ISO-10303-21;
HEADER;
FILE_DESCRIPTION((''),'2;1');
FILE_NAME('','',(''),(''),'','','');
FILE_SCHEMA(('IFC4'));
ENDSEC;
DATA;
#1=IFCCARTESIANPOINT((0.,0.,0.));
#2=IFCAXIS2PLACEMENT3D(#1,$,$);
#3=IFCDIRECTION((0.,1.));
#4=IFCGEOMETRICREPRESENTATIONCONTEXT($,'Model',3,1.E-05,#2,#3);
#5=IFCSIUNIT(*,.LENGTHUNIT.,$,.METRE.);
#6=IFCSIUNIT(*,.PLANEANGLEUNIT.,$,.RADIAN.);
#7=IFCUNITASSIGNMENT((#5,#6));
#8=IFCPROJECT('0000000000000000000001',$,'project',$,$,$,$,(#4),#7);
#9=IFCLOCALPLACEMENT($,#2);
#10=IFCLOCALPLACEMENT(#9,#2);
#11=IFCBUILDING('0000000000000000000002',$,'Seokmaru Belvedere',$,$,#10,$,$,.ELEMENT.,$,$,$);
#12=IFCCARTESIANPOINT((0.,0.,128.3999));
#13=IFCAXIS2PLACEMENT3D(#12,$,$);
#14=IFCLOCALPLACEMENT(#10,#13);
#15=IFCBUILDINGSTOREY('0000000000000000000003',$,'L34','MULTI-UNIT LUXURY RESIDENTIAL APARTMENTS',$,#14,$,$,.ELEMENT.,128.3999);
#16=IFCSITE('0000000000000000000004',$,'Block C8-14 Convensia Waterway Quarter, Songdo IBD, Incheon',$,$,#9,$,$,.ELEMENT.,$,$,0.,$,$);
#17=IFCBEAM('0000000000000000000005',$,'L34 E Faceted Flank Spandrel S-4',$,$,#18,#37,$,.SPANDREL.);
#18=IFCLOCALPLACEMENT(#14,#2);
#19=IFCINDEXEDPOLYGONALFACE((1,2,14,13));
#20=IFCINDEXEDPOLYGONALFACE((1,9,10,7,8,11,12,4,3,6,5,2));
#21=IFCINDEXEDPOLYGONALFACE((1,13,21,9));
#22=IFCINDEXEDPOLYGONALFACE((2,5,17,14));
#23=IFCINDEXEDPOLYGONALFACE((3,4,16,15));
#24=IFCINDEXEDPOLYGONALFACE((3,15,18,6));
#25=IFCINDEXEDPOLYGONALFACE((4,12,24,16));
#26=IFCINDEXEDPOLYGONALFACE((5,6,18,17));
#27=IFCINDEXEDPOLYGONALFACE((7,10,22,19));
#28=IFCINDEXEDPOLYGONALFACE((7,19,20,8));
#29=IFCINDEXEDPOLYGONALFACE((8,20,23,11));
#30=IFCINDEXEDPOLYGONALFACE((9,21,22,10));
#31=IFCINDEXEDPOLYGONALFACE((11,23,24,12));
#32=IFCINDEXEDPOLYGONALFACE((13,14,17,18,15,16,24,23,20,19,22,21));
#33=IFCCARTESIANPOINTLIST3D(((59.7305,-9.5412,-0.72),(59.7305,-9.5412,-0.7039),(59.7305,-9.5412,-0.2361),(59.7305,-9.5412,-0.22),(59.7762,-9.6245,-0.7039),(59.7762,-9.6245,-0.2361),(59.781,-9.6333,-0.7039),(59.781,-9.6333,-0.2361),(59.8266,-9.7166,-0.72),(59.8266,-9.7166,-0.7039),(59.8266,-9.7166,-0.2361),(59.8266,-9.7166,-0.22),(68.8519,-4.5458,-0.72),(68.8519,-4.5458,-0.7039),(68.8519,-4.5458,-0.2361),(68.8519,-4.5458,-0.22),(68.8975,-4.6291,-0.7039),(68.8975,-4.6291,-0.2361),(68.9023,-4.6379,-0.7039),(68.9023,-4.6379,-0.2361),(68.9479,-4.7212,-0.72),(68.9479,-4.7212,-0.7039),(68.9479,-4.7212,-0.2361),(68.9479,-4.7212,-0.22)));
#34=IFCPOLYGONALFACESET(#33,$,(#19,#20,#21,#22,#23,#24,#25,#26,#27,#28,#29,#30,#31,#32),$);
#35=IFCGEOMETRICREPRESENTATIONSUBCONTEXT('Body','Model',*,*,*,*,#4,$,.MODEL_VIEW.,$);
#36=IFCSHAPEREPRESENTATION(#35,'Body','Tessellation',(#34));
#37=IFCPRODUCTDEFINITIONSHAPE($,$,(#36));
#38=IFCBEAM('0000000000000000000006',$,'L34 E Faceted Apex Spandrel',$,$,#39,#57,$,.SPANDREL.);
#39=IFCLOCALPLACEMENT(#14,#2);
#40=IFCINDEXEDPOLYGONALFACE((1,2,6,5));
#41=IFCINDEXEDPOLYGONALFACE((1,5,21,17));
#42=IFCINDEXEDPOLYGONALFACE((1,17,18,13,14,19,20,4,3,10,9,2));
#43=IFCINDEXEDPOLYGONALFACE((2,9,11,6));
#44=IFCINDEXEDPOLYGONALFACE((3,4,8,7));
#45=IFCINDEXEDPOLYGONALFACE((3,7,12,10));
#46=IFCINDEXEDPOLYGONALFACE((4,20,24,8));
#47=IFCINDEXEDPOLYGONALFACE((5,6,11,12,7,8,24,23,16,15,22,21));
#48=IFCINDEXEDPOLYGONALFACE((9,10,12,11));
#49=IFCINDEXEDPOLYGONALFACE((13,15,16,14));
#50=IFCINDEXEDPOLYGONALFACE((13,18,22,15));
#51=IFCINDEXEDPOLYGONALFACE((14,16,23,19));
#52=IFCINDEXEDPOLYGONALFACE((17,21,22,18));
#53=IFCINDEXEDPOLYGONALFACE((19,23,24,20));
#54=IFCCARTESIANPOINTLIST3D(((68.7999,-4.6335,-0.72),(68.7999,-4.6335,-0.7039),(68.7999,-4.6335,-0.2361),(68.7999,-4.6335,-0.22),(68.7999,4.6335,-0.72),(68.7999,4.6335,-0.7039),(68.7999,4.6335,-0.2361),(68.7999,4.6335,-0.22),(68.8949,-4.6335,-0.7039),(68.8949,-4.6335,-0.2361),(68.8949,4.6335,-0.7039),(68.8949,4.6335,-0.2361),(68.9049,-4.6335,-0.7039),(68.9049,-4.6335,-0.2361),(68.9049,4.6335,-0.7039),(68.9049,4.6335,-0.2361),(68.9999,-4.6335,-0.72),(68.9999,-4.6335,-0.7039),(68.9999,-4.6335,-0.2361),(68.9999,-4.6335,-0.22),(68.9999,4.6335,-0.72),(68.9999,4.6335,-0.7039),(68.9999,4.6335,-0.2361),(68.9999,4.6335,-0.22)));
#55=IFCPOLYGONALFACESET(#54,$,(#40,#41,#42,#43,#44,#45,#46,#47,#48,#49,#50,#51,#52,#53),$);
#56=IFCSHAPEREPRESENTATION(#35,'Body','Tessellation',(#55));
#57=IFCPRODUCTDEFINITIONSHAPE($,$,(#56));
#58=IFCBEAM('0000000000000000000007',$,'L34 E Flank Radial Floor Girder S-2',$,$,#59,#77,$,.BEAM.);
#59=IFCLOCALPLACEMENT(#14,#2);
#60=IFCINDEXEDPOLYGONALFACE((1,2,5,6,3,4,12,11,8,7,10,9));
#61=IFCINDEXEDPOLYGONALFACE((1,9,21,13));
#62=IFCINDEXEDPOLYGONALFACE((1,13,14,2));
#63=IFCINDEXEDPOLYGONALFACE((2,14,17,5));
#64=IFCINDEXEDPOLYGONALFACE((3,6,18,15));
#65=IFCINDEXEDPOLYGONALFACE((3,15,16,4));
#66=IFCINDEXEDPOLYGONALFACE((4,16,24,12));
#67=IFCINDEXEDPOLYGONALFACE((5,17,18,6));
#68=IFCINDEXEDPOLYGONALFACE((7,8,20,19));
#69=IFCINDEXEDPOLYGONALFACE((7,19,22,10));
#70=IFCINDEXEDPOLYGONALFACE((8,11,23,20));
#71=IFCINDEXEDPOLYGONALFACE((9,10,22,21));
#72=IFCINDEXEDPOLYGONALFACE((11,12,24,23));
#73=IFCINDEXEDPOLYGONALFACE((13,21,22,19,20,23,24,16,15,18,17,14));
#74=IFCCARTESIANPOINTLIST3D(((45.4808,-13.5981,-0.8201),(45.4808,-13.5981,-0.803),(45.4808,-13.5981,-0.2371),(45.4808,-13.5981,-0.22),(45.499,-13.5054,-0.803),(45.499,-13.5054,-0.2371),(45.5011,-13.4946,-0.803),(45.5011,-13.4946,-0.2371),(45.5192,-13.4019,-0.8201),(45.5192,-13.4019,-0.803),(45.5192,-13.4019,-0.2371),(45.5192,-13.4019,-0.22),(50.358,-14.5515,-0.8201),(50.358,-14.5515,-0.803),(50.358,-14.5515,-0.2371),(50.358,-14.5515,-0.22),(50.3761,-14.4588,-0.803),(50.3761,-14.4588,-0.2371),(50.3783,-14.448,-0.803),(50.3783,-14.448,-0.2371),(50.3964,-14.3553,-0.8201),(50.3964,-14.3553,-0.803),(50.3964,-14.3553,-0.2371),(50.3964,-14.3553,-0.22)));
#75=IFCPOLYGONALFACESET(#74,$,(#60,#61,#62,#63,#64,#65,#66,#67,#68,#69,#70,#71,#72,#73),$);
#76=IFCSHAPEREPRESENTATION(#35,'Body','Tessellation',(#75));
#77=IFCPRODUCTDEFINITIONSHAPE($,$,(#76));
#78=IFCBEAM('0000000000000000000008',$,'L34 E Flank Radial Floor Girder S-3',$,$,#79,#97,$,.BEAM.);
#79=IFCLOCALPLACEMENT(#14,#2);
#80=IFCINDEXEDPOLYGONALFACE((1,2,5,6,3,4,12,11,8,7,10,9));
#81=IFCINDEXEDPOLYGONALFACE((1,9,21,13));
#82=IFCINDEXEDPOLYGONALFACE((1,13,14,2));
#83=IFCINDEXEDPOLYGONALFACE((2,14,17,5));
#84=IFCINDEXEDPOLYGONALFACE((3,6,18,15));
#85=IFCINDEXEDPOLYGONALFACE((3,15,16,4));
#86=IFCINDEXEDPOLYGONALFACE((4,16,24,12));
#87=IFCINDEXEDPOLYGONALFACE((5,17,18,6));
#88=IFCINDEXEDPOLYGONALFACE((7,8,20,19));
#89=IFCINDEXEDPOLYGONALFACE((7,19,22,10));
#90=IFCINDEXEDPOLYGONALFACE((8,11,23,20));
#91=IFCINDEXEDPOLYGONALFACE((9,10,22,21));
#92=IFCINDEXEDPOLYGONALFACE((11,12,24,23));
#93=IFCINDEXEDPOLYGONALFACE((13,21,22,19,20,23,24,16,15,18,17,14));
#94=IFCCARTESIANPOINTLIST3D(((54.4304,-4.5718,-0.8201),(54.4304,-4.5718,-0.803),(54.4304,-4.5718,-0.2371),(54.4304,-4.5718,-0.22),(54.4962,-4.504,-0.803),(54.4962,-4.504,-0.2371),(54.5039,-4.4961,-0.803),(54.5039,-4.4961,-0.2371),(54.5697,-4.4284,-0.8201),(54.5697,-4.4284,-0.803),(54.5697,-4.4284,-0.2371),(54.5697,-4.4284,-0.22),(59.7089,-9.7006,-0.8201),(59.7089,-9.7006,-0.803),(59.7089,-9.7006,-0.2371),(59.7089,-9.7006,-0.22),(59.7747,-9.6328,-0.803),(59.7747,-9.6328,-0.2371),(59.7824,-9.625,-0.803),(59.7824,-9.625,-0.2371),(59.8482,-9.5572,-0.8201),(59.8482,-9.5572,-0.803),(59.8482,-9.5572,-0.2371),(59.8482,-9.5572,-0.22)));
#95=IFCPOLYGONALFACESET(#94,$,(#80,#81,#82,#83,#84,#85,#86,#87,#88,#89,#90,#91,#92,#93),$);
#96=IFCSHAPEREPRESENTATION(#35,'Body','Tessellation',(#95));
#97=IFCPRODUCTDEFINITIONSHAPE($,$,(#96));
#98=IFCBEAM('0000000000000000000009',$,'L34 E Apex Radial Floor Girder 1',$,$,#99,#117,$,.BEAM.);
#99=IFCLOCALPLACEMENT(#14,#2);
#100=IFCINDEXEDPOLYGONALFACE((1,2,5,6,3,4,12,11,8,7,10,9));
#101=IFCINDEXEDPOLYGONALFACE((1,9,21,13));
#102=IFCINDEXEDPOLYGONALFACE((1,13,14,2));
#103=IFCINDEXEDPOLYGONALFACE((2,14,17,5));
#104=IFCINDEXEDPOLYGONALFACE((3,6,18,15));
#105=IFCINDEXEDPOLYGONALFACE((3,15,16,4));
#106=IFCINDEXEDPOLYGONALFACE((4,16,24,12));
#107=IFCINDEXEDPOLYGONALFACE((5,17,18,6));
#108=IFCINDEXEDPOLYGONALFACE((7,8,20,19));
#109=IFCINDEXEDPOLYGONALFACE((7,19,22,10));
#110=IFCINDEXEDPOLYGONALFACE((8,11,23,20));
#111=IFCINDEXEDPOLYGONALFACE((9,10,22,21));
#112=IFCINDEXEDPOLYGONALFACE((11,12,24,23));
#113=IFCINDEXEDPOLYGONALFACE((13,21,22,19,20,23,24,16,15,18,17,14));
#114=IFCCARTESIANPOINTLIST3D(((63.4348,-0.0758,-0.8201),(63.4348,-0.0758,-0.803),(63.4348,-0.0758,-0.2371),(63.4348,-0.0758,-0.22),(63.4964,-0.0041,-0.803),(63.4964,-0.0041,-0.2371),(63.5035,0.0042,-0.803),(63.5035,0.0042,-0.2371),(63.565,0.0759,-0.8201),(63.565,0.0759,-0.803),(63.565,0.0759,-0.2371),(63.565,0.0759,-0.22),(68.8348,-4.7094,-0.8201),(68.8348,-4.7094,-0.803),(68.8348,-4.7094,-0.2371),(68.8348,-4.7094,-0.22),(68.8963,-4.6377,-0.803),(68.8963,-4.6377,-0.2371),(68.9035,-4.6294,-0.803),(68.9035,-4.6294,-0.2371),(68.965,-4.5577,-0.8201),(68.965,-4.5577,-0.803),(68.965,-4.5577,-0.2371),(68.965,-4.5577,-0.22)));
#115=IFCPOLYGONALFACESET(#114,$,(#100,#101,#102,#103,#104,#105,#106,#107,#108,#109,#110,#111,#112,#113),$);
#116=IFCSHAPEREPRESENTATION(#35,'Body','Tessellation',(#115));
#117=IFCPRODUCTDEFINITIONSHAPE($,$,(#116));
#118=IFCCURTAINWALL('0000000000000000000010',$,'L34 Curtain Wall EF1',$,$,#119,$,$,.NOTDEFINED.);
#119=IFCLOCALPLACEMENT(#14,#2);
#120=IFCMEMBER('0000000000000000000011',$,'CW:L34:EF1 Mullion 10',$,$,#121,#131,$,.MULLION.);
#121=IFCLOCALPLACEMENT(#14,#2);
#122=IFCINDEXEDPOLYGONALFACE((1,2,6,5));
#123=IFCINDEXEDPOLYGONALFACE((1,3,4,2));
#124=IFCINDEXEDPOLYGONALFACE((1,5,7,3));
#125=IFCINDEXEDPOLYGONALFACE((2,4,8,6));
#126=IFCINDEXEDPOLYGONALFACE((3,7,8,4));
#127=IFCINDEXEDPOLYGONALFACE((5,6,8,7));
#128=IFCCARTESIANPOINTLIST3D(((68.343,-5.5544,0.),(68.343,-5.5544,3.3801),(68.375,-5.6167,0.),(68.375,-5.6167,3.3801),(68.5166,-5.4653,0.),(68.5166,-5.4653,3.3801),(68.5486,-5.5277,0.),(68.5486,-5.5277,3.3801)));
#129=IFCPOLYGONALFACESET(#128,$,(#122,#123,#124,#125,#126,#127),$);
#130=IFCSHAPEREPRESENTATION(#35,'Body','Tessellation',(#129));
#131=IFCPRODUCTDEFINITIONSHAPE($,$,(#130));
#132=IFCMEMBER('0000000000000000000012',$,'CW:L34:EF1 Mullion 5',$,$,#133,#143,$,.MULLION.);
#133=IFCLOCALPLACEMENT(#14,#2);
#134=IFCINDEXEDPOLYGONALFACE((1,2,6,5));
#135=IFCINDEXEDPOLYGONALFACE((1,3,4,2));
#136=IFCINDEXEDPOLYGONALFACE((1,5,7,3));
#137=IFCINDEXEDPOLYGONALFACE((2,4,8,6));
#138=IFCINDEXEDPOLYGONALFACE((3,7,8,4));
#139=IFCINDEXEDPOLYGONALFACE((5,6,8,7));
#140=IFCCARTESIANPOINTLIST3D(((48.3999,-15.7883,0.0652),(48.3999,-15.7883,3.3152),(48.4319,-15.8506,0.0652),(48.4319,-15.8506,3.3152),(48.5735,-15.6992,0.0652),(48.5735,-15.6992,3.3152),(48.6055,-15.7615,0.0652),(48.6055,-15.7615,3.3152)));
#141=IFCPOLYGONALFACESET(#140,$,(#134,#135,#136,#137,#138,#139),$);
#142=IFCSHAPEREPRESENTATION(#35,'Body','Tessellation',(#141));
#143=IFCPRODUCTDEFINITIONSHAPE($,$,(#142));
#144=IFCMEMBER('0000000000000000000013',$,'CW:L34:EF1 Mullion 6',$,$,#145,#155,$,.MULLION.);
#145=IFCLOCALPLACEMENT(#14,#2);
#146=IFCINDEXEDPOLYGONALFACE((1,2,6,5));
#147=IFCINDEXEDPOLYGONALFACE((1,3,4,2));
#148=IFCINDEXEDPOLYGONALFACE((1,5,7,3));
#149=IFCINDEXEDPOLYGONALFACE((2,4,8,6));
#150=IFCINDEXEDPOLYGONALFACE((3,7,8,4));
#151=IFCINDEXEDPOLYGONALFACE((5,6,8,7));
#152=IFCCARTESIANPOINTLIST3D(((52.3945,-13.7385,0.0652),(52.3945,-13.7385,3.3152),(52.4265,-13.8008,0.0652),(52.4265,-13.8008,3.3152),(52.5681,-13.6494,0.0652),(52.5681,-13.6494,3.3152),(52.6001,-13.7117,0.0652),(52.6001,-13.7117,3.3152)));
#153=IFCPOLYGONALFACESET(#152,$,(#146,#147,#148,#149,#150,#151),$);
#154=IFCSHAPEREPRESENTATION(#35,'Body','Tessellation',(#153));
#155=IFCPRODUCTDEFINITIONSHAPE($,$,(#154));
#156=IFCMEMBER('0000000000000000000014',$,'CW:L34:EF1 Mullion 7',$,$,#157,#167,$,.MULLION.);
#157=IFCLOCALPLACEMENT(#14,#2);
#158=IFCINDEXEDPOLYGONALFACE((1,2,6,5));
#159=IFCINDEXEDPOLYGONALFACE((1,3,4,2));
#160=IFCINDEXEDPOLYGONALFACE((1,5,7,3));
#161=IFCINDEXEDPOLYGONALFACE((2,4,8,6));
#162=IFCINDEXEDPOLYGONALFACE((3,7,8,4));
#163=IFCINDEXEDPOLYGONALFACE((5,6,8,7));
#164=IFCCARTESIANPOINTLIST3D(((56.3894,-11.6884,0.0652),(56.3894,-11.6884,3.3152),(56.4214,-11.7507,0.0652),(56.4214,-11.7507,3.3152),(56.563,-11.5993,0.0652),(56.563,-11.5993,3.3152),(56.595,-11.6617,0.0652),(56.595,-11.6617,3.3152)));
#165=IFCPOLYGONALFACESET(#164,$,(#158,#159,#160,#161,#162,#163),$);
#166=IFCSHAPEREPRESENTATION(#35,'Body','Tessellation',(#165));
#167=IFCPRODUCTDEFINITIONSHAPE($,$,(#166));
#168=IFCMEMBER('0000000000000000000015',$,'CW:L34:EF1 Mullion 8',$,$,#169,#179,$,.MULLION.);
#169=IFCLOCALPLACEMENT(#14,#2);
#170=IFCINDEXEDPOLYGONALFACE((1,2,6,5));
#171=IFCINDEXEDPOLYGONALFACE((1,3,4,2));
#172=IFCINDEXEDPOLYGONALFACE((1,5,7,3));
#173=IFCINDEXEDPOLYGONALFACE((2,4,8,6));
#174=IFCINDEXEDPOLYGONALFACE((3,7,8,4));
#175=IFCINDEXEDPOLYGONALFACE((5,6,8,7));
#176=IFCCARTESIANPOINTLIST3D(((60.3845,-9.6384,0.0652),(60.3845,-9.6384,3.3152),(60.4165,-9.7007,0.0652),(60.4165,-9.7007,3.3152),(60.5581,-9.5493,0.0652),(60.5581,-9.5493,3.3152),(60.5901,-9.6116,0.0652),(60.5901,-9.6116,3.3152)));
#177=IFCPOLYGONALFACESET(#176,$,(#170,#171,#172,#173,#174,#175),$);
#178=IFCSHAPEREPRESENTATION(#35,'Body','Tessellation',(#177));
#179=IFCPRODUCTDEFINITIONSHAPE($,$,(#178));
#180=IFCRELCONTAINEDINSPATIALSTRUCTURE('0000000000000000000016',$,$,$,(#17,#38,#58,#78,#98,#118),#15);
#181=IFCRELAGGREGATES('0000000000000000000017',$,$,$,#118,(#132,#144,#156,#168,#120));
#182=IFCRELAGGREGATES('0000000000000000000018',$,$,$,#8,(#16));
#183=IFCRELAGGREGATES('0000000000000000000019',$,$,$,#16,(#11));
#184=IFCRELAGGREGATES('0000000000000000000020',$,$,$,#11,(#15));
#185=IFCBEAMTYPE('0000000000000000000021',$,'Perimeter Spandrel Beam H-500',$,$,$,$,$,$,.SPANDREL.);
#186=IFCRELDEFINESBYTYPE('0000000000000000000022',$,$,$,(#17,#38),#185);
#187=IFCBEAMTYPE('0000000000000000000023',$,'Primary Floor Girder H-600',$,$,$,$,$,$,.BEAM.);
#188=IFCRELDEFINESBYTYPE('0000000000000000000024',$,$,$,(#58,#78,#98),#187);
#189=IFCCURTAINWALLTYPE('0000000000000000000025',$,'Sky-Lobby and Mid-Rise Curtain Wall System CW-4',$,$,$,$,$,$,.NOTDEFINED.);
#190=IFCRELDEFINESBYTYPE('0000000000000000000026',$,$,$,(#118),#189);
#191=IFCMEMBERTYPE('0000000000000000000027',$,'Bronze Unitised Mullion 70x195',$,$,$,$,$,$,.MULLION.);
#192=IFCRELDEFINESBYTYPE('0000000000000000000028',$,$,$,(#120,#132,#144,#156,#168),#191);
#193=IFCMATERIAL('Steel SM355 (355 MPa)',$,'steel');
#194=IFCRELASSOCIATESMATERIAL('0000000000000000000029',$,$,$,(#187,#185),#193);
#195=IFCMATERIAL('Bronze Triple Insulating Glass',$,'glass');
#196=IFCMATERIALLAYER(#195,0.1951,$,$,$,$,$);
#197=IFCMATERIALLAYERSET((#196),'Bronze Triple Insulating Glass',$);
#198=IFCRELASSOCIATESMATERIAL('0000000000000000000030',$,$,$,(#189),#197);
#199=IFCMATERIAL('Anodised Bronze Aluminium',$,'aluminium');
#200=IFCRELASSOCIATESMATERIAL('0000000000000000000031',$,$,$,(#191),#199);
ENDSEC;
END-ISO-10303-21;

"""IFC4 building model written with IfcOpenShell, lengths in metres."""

from ifc_helpers import new_model, si_unit, direction, frame, origin, origin_2d, place, context, subcontext, project, spatial, rectangle, i_section, extrude, source, transform, mapped, material, layer, layer_set, material_profile, profile_set, type_object, type_shapes, element, aggregate, save


model = new_model("IFC4")

# Units and contexts
model_context = context("Model", 3, precision=1e-05, world=origin(), true_north=direction((0.0, 1.0)))
body_context = subcontext(model_context, "Body", "Model", "MODEL_VIEW")
ifc_project = project(units=[si_unit("LENGTHUNIT", "METRE"), si_unit("PLANEANGLEUNIT", "RADIAN")], contexts=[model_context])

# Site, building, storey
site_placement = place(None, origin())
site = spatial("IfcSite", under=ifc_project, at=site_placement, Name="Block C8-14 Convensia Waterway Quarter, Songdo IBD, Incheon", CompositionType="ELEMENT", RefElevation=0.0)
building_placement = place(site_placement, origin())
building = spatial("IfcBuilding", under=site, at=building_placement, Name="Seokmaru Belvedere", CompositionType="ELEMENT")
storey_placement = place(building_placement, frame((0.0, 0.0, 128.3999)))
storey = spatial("IfcBuildingStorey", under=building, at=storey_placement, Name="L34", Description="MULTI-UNIT LUXURY RESIDENTIAL APARTMENTS", CompositionType="ELEMENT", Elevation=128.3999)

# Shared definitions
ifc_material_1 = material(Name="Steel SM355 (355 MPa)", Category="steel")

# Beams
ifc_material_profile_1 = material_profile(ifc_material_1, i_section(OverallWidth=0.2, OverallDepth=0.6001, WebThickness=0.011, FlangeThickness=0.0171, at=origin_2d()), Name="H-600x200x11x17")
ifc_profile_set_1 = profile_set([ifc_material_profile_1], Name="Steel SM355 (355 MPa)")
beam_type_1 = type_object("IfcBeamType", Name="Primary Floor Girder H-600", PredefinedType="BEAM", material=ifc_profile_set_1)
ifc_material_profile_2 = material_profile(ifc_material_1, i_section(OverallWidth=0.2, OverallDepth=0.5, WebThickness=0.01, FlangeThickness=0.0161, at=origin_2d()), Name="H-500x200x10x16")
ifc_profile_set_2 = profile_set([ifc_material_profile_2], Name="Steel SM355 (355 MPa)")
beam_type_2 = type_object("IfcBeamType", Name="Perimeter Spandrel Beam H-500", PredefinedType="SPANDREL", material=ifc_profile_set_2)
shared_shape_1 = source(origin(), body_context, "Body", "SweptSolid", [
    extrude(i_section(OverallWidth=0.2, OverallDepth=0.5, WebThickness=0.01, FlangeThickness=0.0161, at=origin_2d()), origin(), (0.0, 0.0, 1.0), 10.3997),
])
beam_1_placement = place(storey_placement, frame((59.7786, -9.6289, -0.47), z_axis=(0.877082, 0.48034, 0.0), x_axis=(-0.48034, 0.877082, 0.0)))
element("IfcBeam", 1, at=beam_1_placement, inside=storey, type_object=beam_type_2, Name="L34 E Faceted Flank Spandrel S-4", PredefinedType="SPANDREL", context=body_context, shape_type="MappedRepresentation", body=[
    mapped(shared_shape_1, transform((0.0, 0.0, 0.0), scale=1.0)),
])
shared_shape_2 = source(origin(), body_context, "Body", "SweptSolid", [
    extrude(i_section(OverallWidth=0.2, OverallDepth=0.5, WebThickness=0.01, FlangeThickness=0.0161, at=origin_2d()), origin(), (0.0, 0.0, 1.0), 9.2671),
])
beam_2_placement = place(storey_placement, frame((68.8999, -4.6335, -0.47), z_axis=(0.0, 1.0, 0.0), x_axis=(-1.0, 0.0, 0.0)))
element("IfcBeam", 2, at=beam_2_placement, inside=storey, type_object=beam_type_2, Name="L34 E Faceted Apex Spandrel", PredefinedType="SPANDREL", context=body_context, shape_type="MappedRepresentation", body=[
    mapped(shared_shape_2, transform((0.0, 0.0, 0.0), scale=1.0)),
])
shared_shape_3 = source(origin(), body_context, "Body", "SweptSolid", [
    extrude(i_section(OverallWidth=0.2, OverallDepth=0.6001, WebThickness=0.011, FlangeThickness=0.0171, at=origin_2d()), origin(), (0.0, 0.0, 1.0), 4.9695),
])
beam_3_placement = place(storey_placement, frame((50.3772, -14.4534, -0.52), z_axis=(-0.981425, 0.191844, 0.0), x_axis=(-0.191844, -0.981425, 0.0)))
element("IfcBeam", 3, at=beam_3_placement, inside=storey, type_object=beam_type_1, Name="L34 E Flank Radial Floor Girder S-2", PredefinedType="BEAM", context=body_context, shape_type="MappedRepresentation", body=[
    mapped(shared_shape_3, transform((0.0, 0.0, 0.0), scale=1.0)),
])
shared_shape_4 = source(origin(), body_context, "Body", "SweptSolid", [
    extrude(i_section(OverallWidth=0.2, OverallDepth=0.6001, WebThickness=0.011, FlangeThickness=0.0171, at=origin_2d()), origin(), (0.0, 0.0, 1.0), 7.3599),
])
beam_4_placement = place(storey_placement, frame((59.7786, -9.6289, -0.52), z_axis=(-0.717201, 0.696867, 0.0), x_axis=(-0.696867, -0.717201, 0.0)))
element("IfcBeam", 4, at=beam_4_placement, inside=storey, type_object=beam_type_1, Name="L34 E Flank Radial Floor Girder S-3", PredefinedType="BEAM", context=body_context, shape_type="MappedRepresentation", body=[
    mapped(shared_shape_4, transform((0.0, 0.0, 0.0), scale=1.0)),
])
shared_shape_5 = source(origin(), body_context, "Body", "SweptSolid", [
    extrude(i_section(OverallWidth=0.2, OverallDepth=0.6001, WebThickness=0.011, FlangeThickness=0.0171, at=origin_2d()), origin(), (0.0, 0.0, 1.0), 7.1155),
])
beam_5_placement = place(storey_placement, frame((68.8999, -4.6335, -0.52), z_axis=(-0.758905, 0.651201, 0.0), x_axis=(-0.651201, -0.758905, 0.0)))
element("IfcBeam", 5, at=beam_5_placement, inside=storey, type_object=beam_type_1, Name="L34 E Apex Radial Floor Girder 1", PredefinedType="BEAM", context=body_context, shape_type="MappedRepresentation", body=[
    mapped(shared_shape_5, transform((0.0, 0.0, 0.0), scale=1.0)),
])

# Curtain wall, members
ifc_material_2 = material(Name="Bronze Triple Insulating Glass", Category="glass")
ifc_layer_1 = layer(ifc_material_2, 0.1951)
ifc_layer_set_1 = layer_set([ifc_layer_1], Name="Bronze Triple Insulating Glass")
curtain_wall_type = type_object("IfcCurtainWallType", Name="Sky-Lobby and Mid-Rise Curtain Wall System CW-4", PredefinedType="NOTDEFINED", material=ifc_layer_set_1)
curtain_wall_placement = place(storey_placement, origin())
curtain_wall = element("IfcCurtainWall", 6, at=curtain_wall_placement, inside=storey, type_object=curtain_wall_type, Name="L34 Curtain Wall EF1", PredefinedType="NOTDEFINED")
ifc_material_3 = material(Name="Anodised Bronze Aluminium", Category="aluminium")
ifc_material_profile_3 = material_profile(ifc_material_3, rectangle(XDim=0.0701, YDim=0.1951, at=origin_2d()), Name="CW-M-70x195")
ifc_profile_set_3 = profile_set([ifc_material_profile_3], Name="Anodised Bronze Aluminium")
member_type = type_object("IfcMemberType", Name="Bronze Unitised Mullion 70x195", PredefinedType="MULLION", material=ifc_profile_set_3)
shared_shape_6 = source(origin(), body_context, "Body", "SweptSolid", [
    extrude(rectangle(XDim=0.0701, YDim=0.1951, at=origin_2d()), origin(), (0.0, 0.0, 1.0), 3.3801),
])
member_1_placement = place(storey_placement, frame((68.4458, -5.541, 0.0), z_axis=(0.0, 0.0, 1.0), x_axis=(-0.456555, 0.889695, 0.0)))
member_1 = element("IfcMember", 7, at=member_1_placement, type_object=member_type, Name="CW:L34:EF1 Mullion 10", PredefinedType="MULLION", context=body_context, shape_type="MappedRepresentation", body=[
    mapped(shared_shape_6, transform((0.0, 0.0, 0.0), scale=1.0)),
])
shared_shape_7 = source(origin(), body_context, "Body", "SweptSolid", [
    extrude(rectangle(XDim=0.0701, YDim=0.1951, at=origin_2d()), origin(), (0.0, 0.0, 1.0), 3.25),
])
type_shapes(member_type, [shared_shape_6, shared_shape_7])
member_2_placement = place(storey_placement, frame((48.5027, -15.7749, 0.0652), z_axis=(0.0, 0.0, 1.0), x_axis=(-0.456555, 0.889695, 0.0)))
member_2 = element("IfcMember", 8, at=member_2_placement, type_object=member_type, Name="CW:L34:EF1 Mullion 5", PredefinedType="MULLION", context=body_context, shape_type="MappedRepresentation", body=[
    mapped(shared_shape_7, transform((0.0, 0.0, 0.0), scale=1.0)),
])
member_3_placement = place(storey_placement, frame((52.4973, -13.7251, 0.0652), z_axis=(0.0, 0.0, 1.0), x_axis=(-0.456555, 0.889695, 0.0)))
member_3 = element("IfcMember", 9, at=member_3_placement, type_object=member_type, Name="CW:L34:EF1 Mullion 6", PredefinedType="MULLION", context=body_context, shape_type="MappedRepresentation", body=[
    mapped(shared_shape_7, transform((0.0, 0.0, 0.0), scale=1.0)),
])
member_4_placement = place(storey_placement, frame((56.4922, -11.675, 0.0652), z_axis=(0.0, 0.0, 1.0), x_axis=(-0.456555, 0.889695, 0.0)))
member_4 = element("IfcMember", 10, at=member_4_placement, type_object=member_type, Name="CW:L34:EF1 Mullion 7", PredefinedType="MULLION", context=body_context, shape_type="MappedRepresentation", body=[
    mapped(shared_shape_7, transform((0.0, 0.0, 0.0), scale=1.0)),
])
member_5_placement = place(storey_placement, frame((60.4873, -9.625, 0.0652), z_axis=(0.0, 0.0, 1.0), x_axis=(-0.456555, 0.889695, 0.0)))
member_5 = element("IfcMember", 11, at=member_5_placement, type_object=member_type, Name="CW:L34:EF1 Mullion 8", PredefinedType="MULLION", context=body_context, shape_type="MappedRepresentation", body=[
    mapped(shared_shape_7, transform((0.0, 0.0, 0.0), scale=1.0)),
])
aggregate(curtain_wall, [member_2, member_3, member_4, member_5, member_1])

save(model, "model.ifc")
